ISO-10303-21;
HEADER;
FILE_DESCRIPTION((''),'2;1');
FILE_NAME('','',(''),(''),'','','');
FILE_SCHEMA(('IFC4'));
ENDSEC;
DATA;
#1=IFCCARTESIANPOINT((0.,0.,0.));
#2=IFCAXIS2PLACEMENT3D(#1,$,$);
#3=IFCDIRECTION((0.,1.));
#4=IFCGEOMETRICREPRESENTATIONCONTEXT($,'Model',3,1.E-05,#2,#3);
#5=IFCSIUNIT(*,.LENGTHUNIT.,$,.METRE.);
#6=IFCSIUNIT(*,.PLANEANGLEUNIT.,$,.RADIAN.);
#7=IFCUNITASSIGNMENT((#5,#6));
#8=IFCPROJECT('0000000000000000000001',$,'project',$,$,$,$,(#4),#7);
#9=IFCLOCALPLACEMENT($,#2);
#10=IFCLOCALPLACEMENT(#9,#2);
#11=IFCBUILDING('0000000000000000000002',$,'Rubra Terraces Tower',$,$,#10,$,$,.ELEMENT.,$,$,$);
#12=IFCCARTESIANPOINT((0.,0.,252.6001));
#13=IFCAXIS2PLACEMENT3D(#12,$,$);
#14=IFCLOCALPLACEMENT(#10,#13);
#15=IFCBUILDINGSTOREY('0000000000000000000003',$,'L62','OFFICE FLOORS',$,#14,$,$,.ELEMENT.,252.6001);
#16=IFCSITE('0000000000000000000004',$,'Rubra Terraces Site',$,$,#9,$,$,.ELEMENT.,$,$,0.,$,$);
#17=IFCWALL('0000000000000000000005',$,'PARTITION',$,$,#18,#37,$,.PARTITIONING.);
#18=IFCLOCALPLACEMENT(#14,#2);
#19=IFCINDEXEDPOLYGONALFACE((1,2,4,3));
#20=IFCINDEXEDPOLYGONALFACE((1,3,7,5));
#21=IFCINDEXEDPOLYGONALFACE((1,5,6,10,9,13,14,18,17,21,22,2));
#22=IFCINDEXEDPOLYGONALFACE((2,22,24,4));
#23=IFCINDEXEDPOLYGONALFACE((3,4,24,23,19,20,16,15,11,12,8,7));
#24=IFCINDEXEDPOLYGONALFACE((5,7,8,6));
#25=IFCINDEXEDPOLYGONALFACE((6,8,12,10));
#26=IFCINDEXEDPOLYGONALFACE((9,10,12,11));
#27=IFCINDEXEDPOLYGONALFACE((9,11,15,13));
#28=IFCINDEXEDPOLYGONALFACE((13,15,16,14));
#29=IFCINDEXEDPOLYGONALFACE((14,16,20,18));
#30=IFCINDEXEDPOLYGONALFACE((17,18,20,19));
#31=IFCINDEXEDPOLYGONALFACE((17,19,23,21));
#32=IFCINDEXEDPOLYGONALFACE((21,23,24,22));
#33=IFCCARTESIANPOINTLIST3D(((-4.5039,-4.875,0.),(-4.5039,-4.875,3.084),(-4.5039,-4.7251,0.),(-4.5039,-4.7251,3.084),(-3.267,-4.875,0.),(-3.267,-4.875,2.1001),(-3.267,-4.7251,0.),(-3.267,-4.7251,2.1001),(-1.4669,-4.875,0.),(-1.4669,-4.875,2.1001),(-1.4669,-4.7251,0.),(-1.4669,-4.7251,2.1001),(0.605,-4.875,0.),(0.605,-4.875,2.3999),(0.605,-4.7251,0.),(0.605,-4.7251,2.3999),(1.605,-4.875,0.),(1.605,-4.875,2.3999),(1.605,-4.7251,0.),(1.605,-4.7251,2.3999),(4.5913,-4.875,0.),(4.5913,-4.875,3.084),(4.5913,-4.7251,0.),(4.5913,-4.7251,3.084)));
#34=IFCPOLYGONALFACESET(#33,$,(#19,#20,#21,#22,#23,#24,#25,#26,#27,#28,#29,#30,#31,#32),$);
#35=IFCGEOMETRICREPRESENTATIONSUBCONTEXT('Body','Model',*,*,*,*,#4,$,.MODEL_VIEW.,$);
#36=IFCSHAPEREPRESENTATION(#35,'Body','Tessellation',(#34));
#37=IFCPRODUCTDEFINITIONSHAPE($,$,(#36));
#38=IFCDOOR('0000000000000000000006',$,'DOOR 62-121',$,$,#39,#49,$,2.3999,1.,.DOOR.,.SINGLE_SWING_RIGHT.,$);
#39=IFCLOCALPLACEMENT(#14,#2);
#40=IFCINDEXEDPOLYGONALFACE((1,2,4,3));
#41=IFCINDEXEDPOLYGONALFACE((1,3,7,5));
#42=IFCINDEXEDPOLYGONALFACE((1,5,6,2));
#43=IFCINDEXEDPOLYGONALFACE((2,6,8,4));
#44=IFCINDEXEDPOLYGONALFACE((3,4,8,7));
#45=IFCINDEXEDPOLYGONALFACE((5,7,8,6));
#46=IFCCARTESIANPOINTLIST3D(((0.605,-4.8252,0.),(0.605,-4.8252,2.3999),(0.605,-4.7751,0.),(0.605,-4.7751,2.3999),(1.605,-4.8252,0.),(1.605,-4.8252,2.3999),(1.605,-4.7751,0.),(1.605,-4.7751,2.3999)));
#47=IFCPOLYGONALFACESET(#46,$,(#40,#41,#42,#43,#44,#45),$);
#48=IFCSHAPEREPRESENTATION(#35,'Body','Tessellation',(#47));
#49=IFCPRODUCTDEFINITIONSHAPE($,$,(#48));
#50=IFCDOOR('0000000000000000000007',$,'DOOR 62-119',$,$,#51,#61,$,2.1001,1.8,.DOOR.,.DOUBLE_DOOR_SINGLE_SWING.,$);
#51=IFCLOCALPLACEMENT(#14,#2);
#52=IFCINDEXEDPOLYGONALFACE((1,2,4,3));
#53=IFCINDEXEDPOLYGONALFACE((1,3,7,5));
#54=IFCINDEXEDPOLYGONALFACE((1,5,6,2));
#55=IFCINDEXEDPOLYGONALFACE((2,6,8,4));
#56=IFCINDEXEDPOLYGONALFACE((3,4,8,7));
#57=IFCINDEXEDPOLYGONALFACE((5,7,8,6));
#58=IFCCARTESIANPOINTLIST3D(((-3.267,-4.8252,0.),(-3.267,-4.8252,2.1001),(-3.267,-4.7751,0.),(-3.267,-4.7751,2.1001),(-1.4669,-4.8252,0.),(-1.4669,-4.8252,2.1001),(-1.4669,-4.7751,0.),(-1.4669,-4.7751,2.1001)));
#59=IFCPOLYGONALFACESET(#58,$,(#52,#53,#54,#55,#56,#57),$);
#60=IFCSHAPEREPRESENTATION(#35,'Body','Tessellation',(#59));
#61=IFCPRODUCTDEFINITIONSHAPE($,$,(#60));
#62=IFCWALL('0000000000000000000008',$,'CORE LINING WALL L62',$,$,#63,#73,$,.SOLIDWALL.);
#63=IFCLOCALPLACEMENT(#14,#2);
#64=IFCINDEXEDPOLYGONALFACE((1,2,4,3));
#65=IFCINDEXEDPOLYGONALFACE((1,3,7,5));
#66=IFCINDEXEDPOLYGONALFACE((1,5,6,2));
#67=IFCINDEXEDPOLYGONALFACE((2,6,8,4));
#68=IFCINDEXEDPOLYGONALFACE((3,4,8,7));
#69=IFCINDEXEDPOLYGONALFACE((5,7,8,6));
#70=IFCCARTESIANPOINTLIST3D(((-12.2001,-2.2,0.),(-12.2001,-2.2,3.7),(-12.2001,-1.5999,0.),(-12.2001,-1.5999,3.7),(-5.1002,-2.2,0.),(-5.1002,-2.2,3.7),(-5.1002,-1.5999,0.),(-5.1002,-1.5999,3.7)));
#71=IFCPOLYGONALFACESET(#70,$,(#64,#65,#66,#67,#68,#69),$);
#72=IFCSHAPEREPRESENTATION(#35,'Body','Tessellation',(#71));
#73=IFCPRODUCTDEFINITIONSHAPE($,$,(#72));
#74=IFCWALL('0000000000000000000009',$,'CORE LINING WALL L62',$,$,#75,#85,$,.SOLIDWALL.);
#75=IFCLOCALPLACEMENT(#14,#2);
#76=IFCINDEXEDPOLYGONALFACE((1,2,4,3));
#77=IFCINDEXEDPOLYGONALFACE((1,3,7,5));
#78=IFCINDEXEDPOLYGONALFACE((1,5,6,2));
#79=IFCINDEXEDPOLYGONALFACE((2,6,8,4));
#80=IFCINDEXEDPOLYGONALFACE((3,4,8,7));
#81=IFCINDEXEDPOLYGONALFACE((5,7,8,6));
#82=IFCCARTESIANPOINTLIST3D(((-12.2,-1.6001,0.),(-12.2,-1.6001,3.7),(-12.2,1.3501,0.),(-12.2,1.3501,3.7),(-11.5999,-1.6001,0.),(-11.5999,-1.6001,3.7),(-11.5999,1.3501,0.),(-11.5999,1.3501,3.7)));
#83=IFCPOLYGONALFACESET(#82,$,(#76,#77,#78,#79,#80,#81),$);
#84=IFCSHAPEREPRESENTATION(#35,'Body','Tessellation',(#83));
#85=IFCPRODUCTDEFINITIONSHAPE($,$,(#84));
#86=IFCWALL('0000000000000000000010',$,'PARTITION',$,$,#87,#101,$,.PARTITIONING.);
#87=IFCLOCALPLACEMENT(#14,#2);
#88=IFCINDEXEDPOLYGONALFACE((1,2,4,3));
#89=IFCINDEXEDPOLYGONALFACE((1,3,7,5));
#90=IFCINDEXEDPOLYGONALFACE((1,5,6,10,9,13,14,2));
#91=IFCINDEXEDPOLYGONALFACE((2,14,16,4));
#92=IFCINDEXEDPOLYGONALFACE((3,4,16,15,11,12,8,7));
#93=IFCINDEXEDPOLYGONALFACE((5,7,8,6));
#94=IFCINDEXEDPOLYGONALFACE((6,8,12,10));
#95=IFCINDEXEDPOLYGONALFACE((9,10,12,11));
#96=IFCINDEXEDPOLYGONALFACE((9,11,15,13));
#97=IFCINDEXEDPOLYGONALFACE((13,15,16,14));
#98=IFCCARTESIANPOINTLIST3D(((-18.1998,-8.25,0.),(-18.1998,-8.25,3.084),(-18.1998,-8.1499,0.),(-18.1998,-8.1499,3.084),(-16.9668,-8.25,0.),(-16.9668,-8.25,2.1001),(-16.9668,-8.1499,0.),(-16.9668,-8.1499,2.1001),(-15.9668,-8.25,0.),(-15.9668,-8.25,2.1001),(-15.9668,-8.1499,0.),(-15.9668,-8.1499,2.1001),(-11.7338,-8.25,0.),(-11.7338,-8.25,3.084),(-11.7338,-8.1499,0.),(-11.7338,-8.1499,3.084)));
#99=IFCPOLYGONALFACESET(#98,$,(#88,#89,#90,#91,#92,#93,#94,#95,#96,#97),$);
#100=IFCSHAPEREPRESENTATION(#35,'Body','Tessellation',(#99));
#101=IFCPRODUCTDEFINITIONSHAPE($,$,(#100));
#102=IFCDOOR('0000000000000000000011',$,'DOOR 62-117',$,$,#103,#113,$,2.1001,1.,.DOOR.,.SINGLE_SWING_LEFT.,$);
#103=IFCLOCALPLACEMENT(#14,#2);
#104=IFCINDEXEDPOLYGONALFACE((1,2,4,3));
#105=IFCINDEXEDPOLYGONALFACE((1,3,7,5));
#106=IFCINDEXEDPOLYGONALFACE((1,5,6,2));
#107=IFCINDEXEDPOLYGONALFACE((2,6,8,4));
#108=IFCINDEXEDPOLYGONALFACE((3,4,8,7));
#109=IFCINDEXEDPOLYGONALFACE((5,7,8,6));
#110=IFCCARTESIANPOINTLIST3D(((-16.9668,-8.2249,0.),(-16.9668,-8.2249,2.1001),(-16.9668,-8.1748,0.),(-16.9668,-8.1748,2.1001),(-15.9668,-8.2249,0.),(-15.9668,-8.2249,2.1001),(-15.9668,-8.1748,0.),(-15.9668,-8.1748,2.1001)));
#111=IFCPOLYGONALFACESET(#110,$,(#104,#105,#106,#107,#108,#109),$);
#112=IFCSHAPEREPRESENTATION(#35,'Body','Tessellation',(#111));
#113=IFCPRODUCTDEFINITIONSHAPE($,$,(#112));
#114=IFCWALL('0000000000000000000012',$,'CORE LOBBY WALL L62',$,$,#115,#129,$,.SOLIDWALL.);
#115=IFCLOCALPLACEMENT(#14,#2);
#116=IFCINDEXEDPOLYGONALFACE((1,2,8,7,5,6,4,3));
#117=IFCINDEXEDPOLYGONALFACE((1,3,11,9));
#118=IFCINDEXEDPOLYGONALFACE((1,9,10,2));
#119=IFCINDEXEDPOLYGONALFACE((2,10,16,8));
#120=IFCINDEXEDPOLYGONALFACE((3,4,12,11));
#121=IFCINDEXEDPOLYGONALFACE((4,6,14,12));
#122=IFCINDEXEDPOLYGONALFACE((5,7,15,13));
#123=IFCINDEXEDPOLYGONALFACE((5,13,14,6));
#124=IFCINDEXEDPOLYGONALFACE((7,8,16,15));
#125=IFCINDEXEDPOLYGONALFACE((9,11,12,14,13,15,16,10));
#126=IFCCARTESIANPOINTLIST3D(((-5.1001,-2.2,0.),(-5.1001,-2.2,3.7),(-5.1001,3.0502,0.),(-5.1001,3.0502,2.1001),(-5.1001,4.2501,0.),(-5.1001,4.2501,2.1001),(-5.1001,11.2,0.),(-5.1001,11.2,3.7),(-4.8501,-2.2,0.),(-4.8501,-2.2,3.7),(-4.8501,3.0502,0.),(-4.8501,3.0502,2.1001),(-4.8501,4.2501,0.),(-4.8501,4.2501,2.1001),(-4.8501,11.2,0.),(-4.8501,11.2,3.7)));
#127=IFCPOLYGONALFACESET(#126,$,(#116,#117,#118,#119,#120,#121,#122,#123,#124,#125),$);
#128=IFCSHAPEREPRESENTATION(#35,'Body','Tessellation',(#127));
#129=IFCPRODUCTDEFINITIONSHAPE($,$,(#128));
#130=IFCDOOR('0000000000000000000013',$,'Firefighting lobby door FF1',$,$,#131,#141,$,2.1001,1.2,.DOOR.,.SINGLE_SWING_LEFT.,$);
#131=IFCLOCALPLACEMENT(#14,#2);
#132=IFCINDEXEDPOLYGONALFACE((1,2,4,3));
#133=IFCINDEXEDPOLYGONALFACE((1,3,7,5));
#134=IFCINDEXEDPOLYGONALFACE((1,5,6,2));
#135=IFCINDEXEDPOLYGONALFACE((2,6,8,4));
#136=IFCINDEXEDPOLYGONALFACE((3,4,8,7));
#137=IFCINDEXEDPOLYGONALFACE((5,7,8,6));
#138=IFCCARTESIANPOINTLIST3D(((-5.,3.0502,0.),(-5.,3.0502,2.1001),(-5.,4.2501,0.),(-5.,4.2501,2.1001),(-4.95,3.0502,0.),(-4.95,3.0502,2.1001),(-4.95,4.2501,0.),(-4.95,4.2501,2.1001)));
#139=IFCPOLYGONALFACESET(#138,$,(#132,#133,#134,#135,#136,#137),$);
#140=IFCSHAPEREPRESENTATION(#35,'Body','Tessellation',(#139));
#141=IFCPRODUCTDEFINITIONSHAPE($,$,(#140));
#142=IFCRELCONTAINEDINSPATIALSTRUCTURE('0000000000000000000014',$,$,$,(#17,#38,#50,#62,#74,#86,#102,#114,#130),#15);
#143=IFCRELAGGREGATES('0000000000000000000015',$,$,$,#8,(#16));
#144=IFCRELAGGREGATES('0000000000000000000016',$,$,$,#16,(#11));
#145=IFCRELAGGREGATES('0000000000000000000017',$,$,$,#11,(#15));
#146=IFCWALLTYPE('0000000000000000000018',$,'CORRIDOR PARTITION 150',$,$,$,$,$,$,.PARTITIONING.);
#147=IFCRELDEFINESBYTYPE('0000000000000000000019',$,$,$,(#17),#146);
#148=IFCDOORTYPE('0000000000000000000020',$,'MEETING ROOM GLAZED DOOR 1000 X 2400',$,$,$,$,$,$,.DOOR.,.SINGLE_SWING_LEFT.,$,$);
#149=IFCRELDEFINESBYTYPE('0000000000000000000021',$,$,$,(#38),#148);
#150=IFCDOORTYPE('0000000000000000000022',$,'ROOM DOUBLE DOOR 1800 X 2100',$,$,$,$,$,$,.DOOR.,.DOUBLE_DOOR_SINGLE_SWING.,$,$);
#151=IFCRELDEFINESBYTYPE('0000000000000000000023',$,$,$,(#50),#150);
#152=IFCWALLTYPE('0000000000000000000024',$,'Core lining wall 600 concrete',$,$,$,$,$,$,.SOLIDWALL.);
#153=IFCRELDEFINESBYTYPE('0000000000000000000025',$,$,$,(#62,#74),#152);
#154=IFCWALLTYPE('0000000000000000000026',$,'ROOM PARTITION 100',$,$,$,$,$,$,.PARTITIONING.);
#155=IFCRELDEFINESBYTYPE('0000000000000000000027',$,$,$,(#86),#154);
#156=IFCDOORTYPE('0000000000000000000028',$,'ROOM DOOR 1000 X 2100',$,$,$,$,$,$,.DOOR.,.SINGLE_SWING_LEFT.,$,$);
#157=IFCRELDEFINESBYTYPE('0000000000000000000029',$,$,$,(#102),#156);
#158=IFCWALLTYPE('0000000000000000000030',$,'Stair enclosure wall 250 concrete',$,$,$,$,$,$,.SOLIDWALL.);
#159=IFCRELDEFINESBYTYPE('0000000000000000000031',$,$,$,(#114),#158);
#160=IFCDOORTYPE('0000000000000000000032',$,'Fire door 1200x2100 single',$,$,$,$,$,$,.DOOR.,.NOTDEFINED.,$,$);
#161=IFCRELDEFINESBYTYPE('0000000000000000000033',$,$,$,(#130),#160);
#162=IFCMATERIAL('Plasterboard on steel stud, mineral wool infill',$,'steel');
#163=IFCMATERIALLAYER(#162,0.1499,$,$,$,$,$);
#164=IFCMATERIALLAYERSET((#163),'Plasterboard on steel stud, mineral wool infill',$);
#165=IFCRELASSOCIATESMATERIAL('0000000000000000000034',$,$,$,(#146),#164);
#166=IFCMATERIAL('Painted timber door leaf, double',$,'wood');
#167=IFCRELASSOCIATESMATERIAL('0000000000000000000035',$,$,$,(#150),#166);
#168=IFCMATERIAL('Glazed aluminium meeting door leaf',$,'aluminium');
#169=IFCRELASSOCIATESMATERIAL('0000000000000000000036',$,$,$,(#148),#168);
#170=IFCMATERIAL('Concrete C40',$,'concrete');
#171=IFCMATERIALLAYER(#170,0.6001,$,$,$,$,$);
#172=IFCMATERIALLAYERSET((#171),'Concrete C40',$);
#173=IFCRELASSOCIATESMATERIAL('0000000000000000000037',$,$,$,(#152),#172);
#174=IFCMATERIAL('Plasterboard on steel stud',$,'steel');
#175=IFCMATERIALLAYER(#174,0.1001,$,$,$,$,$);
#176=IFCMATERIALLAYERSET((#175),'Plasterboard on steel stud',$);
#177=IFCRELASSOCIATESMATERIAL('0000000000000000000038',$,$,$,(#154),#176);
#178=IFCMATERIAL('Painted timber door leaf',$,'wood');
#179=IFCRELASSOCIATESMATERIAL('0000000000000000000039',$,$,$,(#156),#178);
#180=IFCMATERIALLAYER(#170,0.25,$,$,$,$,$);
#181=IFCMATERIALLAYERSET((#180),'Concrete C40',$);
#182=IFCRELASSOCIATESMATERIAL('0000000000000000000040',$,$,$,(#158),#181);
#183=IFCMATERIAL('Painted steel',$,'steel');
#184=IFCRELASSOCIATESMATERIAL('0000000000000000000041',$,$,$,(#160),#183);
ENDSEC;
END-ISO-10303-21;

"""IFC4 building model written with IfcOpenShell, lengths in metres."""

from ifc_helpers import new_model, si_unit, direction, frame, frame_2d, origin, place, context, subcontext, project, spatial, rectangle, extrude, material, layer, layer_set, type_object, element, fill, save


model = new_model("IFC4")

# Units and contexts
model_context = context("Model", 3, precision=1e-05, world=origin(), true_north=direction((0.0, 1.0)))
body_context = subcontext(model_context, "Body", "Model", "MODEL_VIEW")
ifc_project = project(units=[si_unit("LENGTHUNIT", "METRE"), si_unit("PLANEANGLEUNIT", "RADIAN")], contexts=[model_context])

# Site, building, storey
site_placement = place(None, origin())
site = spatial("IfcSite", under=ifc_project, at=site_placement, Name="Rubra Terraces Site", CompositionType="ELEMENT", RefElevation=0.0)
building_placement = place(site_placement, origin())
building = spatial("IfcBuilding", under=site, at=building_placement, Name="Rubra Terraces Tower", CompositionType="ELEMENT")
storey_placement = place(building_placement, frame((0.0, 0.0, 252.6001)))
storey = spatial("IfcBuildingStorey", under=building, at=storey_placement, Name="L62", Description="OFFICE FLOORS", CompositionType="ELEMENT", Elevation=252.6001)

# Shared definitions
ifc_material_1 = material(Name="Painted steel", Category="steel")

# Shared definitions
ifc_material_2 = material(Name="Plasterboard on steel stud, mineral wool infill", Category="steel")
ifc_layer_1 = layer(ifc_material_2, 0.1499)
ifc_layer_set_1 = layer_set([ifc_layer_1], Name="Plasterboard on steel stud, mineral wool infill")
wall_type_1 = type_object("IfcWallType", Name="CORRIDOR PARTITION 150", PredefinedType="PARTITIONING", material=ifc_layer_set_1)
ifc_material_3 = material(Name="Painted timber door leaf, double", Category="wood")
door_type_1 = type_object("IfcDoorType", Name="ROOM DOUBLE DOOR 1800 X 2100", OperationType="DOUBLE_DOOR_SINGLE_SWING", PredefinedType="DOOR", material=ifc_material_3)

# Wall, openings, doors
wall_1_placement = place(storey_placement, frame((-4.5039, -4.8, 0.0), z_axis=(0.0, 0.0, 1.0), x_axis=(1.0, 0.0, 0.0)))
wall_1 = element("IfcWall", 1, at=wall_1_placement, inside=storey, type_object=wall_type_1, Name="PARTITION", PredefinedType="PARTITIONING", context=body_context, shape_type="SweptSolid", body=[
    extrude(rectangle(XDim=9.0952, YDim=0.1499, at=frame_2d((4.5476, 0.0))), origin(), (0.0, 0.0, 1.0), 3.084),
])
opening_1_placement = place(wall_1_placement, frame((1.2371, 0.0, 0.0)))
opening_1 = element("IfcOpeningElement", 2, at=opening_1_placement, cuts=wall_1, PredefinedType="OPENING", context=body_context, shape_type="SweptSolid", body=[
    extrude(rectangle(XDim=1.8, YDim=2.1001, at=frame_2d((0.8999, 1.05))), frame((0.0, 0.085, 0.0), z_axis=(0.0, -1.0, 0.0), x_axis=(1.0, 0.0, 0.0)), (0.0, 0.0, 1.0), 0.1699),
])
opening_2_placement = place(wall_1_placement, frame((5.1089, 0.0, 0.0)))
opening_2 = element("IfcOpeningElement", 3, at=opening_2_placement, cuts=wall_1, PredefinedType="OPENING", context=body_context, shape_type="SweptSolid", body=[
    extrude(rectangle(XDim=1.0, YDim=2.3999, at=frame_2d((0.5, 1.2))), frame((0.0, 0.085, 0.0), z_axis=(0.0, -1.0, 0.0), x_axis=(1.0, 0.0, 0.0)), (0.0, 0.0, 1.0), 0.1699),
])
ifc_material_4 = material(Name="Glazed aluminium meeting door leaf", Category="aluminium")
door_type_2 = type_object("IfcDoorType", Name="MEETING ROOM GLAZED DOOR 1000 X 2400", OperationType="SINGLE_SWING_LEFT", PredefinedType="DOOR", material=ifc_material_4)
door_1_placement = place(opening_2_placement, origin())
door_1 = element("IfcDoor", 4, at=door_1_placement, inside=storey, type_object=door_type_2, Name="DOOR 62-121", OperationType="SINGLE_SWING_RIGHT", OverallHeight=2.3999, OverallWidth=1.0, PredefinedType="DOOR", context=body_context, shape_type="SweptSolid", body=[
    extrude(rectangle(XDim=1.0, YDim=2.3999, at=frame_2d((0.5, 1.2))), frame((0.0, 0.0249, 0.0), z_axis=(0.0, -1.0, 0.0), x_axis=(1.0, 0.0, 0.0)), (0.0, 0.0, 1.0), 0.05),
])
fill(opening_2, door_1)
door_2_placement = place(opening_1_placement, origin())
door_2 = element("IfcDoor", 5, at=door_2_placement, inside=storey, type_object=door_type_1, Name="DOOR 62-119", OperationType="DOUBLE_DOOR_SINGLE_SWING", OverallHeight=2.1001, OverallWidth=1.8, PredefinedType="DOOR", context=body_context, shape_type="SweptSolid", body=[
    extrude(rectangle(XDim=1.8, YDim=2.1001, at=frame_2d((0.8999, 1.05))), frame((0.0, 0.0249, 0.0), z_axis=(0.0, -1.0, 0.0), x_axis=(1.0, 0.0, 0.0)), (0.0, 0.0, 1.0), 0.05),
])
fill(opening_1, door_2)

# Walls
ifc_material_5 = material(Name="Concrete C40", Category="concrete")
ifc_layer_2 = layer(ifc_material_5, 0.6001)
ifc_layer_set_2 = layer_set([ifc_layer_2], Name="Concrete C40")
wall_type_2 = type_object("IfcWallType", Name="Core lining wall 600 concrete", PredefinedType="SOLIDWALL", material=ifc_layer_set_2)
wall_2_placement = place(storey_placement, frame((-12.2, -1.8999, 0.0), z_axis=(0.0, 0.0, 1.0), x_axis=(1.0, 0.0, 0.0)))
element("IfcWall", 6, at=wall_2_placement, inside=storey, type_object=wall_type_2, Name="CORE LINING WALL L62", PredefinedType="SOLIDWALL", context=body_context, shape_type="SweptSolid", body=[
    extrude(rectangle(XDim=7.0999, YDim=0.6001, at=frame_2d((3.5498, 0.0))), origin(), (0.0, 0.0, 1.0), 3.7),
])
wall_3_placement = place(storey_placement, frame((-11.8999, -1.6001, 0.0), z_axis=(0.0, 0.0, 1.0), x_axis=(0.0, 1.0, 0.0)))
element("IfcWall", 7, at=wall_3_placement, inside=storey, type_object=wall_type_2, Name="CORE LINING WALL L62", PredefinedType="SOLIDWALL", context=body_context, shape_type="SweptSolid", body=[
    extrude(rectangle(XDim=2.9502, YDim=0.6001, at=frame_2d((1.4751, 0.0))), origin(), (0.0, 0.0, 1.0), 3.7),
])

# Walls, openings, doors
ifc_material_6 = material(Name="Plasterboard on steel stud", Category="steel")
ifc_layer_3 = layer(ifc_material_6, 0.1001)
ifc_layer_set_3 = layer_set([ifc_layer_3], Name="Plasterboard on steel stud")
wall_type_3 = type_object("IfcWallType", Name="ROOM PARTITION 100", PredefinedType="PARTITIONING", material=ifc_layer_set_3)
wall_4_placement = place(storey_placement, frame((-11.7339, -8.2, 0.0), z_axis=(0.0, 0.0, 1.0), x_axis=(-1.0, 0.0, 0.0)))
wall_4 = element("IfcWall", 8, at=wall_4_placement, inside=storey, type_object=wall_type_3, Name="PARTITION", PredefinedType="PARTITIONING", context=body_context, shape_type="SweptSolid", body=[
    extrude(rectangle(XDim=6.4661, YDim=0.1001, at=frame_2d((3.2329, 0.0))), origin(), (0.0, 0.0, 1.0), 3.084),
])
opening_3_placement = place(wall_4_placement, frame((4.2329, 0.0, 0.0)))
opening_3 = element("IfcOpeningElement", 9, at=opening_3_placement, cuts=wall_4, PredefinedType="OPENING", context=body_context, shape_type="SweptSolid", body=[
    extrude(rectangle(XDim=1.0, YDim=2.1001, at=frame_2d((0.5, 1.05))), frame((0.0, 0.0601, 0.0), z_axis=(0.0, -1.0, 0.0), x_axis=(1.0, 0.0, 0.0)), (0.0, 0.0, 1.0), 0.1201),
])
ifc_material_7 = material(Name="Painted timber door leaf", Category="wood")
door_type_3 = type_object("IfcDoorType", Name="ROOM DOOR 1000 X 2100", OperationType="SINGLE_SWING_LEFT", PredefinedType="DOOR", material=ifc_material_7)
door_3_placement = place(opening_3_placement, origin())
door_3 = element("IfcDoor", 10, at=door_3_placement, inside=storey, type_object=door_type_3, Name="DOOR 62-117", OperationType="SINGLE_SWING_LEFT", OverallHeight=2.1001, OverallWidth=1.0, PredefinedType="DOOR", context=body_context, shape_type="SweptSolid", body=[
    extrude(rectangle(XDim=1.0, YDim=2.1001, at=frame_2d((0.5, 1.05))), frame((0.0, 0.0249, 0.0), z_axis=(0.0, -1.0, 0.0), x_axis=(1.0, 0.0, 0.0)), (0.0, 0.0, 1.0), 0.05),
])
fill(opening_3, door_3)
ifc_layer_4 = layer(ifc_material_5, 0.25)
ifc_layer_set_4 = layer_set([ifc_layer_4], Name="Concrete C40")
wall_type_4 = type_object("IfcWallType", Name="Stair enclosure wall 250 concrete", PredefinedType="SOLIDWALL", material=ifc_layer_set_4)
wall_5_placement = place(storey_placement, frame((-4.9751, -2.2, 0.0), z_axis=(0.0, 0.0, 1.0), x_axis=(0.0, 1.0, 0.0)))
wall_5 = element("IfcWall", 11, at=wall_5_placement, inside=storey, type_object=wall_type_4, Name="CORE LOBBY WALL L62", PredefinedType="SOLIDWALL", context=body_context, shape_type="SweptSolid", body=[
    extrude(rectangle(XDim=13.3999, YDim=0.25, at=frame_2d((6.7, 0.0))), origin(), (0.0, 0.0, 1.0), 3.7),
])
opening_4_placement = place(wall_5_placement, frame((5.25, 0.0, 0.0)))
opening_4 = element("IfcOpeningElement", 12, at=opening_4_placement, cuts=wall_5, PredefinedType="OPENING", context=body_context, shape_type="SweptSolid", body=[
    extrude(rectangle(XDim=1.2, YDim=2.1001, at=frame_2d((0.6001, 1.05))), frame((0.0, 0.135, 0.0), z_axis=(0.0, -1.0, 0.0), x_axis=(1.0, 0.0, 0.0)), (0.0, 0.0, 1.0), 0.27),
])
door_type_4 = type_object("IfcDoorType", Name="Fire door 1200x2100 single", OperationType="NOTDEFINED", PredefinedType="DOOR", material=ifc_material_1)
door_4_placement = place(opening_4_placement, origin())
door_4 = element("IfcDoor", 13, at=door_4_placement, inside=storey, type_object=door_type_4, Name="Firefighting lobby door FF1", OperationType="SINGLE_SWING_LEFT", OverallHeight=2.1001, OverallWidth=1.2, PredefinedType="DOOR", context=body_context, shape_type="SweptSolid", body=[
    extrude(rectangle(XDim=1.2, YDim=2.1001, at=frame_2d((0.6001, 1.05))), frame((0.0, 0.0249, 0.0), z_axis=(0.0, -1.0, 0.0), x_axis=(1.0, 0.0, 0.0)), (0.0, 0.0, 1.0), 0.05),
])
fill(opening_4, door_4)

save(model, "model.ifc")
